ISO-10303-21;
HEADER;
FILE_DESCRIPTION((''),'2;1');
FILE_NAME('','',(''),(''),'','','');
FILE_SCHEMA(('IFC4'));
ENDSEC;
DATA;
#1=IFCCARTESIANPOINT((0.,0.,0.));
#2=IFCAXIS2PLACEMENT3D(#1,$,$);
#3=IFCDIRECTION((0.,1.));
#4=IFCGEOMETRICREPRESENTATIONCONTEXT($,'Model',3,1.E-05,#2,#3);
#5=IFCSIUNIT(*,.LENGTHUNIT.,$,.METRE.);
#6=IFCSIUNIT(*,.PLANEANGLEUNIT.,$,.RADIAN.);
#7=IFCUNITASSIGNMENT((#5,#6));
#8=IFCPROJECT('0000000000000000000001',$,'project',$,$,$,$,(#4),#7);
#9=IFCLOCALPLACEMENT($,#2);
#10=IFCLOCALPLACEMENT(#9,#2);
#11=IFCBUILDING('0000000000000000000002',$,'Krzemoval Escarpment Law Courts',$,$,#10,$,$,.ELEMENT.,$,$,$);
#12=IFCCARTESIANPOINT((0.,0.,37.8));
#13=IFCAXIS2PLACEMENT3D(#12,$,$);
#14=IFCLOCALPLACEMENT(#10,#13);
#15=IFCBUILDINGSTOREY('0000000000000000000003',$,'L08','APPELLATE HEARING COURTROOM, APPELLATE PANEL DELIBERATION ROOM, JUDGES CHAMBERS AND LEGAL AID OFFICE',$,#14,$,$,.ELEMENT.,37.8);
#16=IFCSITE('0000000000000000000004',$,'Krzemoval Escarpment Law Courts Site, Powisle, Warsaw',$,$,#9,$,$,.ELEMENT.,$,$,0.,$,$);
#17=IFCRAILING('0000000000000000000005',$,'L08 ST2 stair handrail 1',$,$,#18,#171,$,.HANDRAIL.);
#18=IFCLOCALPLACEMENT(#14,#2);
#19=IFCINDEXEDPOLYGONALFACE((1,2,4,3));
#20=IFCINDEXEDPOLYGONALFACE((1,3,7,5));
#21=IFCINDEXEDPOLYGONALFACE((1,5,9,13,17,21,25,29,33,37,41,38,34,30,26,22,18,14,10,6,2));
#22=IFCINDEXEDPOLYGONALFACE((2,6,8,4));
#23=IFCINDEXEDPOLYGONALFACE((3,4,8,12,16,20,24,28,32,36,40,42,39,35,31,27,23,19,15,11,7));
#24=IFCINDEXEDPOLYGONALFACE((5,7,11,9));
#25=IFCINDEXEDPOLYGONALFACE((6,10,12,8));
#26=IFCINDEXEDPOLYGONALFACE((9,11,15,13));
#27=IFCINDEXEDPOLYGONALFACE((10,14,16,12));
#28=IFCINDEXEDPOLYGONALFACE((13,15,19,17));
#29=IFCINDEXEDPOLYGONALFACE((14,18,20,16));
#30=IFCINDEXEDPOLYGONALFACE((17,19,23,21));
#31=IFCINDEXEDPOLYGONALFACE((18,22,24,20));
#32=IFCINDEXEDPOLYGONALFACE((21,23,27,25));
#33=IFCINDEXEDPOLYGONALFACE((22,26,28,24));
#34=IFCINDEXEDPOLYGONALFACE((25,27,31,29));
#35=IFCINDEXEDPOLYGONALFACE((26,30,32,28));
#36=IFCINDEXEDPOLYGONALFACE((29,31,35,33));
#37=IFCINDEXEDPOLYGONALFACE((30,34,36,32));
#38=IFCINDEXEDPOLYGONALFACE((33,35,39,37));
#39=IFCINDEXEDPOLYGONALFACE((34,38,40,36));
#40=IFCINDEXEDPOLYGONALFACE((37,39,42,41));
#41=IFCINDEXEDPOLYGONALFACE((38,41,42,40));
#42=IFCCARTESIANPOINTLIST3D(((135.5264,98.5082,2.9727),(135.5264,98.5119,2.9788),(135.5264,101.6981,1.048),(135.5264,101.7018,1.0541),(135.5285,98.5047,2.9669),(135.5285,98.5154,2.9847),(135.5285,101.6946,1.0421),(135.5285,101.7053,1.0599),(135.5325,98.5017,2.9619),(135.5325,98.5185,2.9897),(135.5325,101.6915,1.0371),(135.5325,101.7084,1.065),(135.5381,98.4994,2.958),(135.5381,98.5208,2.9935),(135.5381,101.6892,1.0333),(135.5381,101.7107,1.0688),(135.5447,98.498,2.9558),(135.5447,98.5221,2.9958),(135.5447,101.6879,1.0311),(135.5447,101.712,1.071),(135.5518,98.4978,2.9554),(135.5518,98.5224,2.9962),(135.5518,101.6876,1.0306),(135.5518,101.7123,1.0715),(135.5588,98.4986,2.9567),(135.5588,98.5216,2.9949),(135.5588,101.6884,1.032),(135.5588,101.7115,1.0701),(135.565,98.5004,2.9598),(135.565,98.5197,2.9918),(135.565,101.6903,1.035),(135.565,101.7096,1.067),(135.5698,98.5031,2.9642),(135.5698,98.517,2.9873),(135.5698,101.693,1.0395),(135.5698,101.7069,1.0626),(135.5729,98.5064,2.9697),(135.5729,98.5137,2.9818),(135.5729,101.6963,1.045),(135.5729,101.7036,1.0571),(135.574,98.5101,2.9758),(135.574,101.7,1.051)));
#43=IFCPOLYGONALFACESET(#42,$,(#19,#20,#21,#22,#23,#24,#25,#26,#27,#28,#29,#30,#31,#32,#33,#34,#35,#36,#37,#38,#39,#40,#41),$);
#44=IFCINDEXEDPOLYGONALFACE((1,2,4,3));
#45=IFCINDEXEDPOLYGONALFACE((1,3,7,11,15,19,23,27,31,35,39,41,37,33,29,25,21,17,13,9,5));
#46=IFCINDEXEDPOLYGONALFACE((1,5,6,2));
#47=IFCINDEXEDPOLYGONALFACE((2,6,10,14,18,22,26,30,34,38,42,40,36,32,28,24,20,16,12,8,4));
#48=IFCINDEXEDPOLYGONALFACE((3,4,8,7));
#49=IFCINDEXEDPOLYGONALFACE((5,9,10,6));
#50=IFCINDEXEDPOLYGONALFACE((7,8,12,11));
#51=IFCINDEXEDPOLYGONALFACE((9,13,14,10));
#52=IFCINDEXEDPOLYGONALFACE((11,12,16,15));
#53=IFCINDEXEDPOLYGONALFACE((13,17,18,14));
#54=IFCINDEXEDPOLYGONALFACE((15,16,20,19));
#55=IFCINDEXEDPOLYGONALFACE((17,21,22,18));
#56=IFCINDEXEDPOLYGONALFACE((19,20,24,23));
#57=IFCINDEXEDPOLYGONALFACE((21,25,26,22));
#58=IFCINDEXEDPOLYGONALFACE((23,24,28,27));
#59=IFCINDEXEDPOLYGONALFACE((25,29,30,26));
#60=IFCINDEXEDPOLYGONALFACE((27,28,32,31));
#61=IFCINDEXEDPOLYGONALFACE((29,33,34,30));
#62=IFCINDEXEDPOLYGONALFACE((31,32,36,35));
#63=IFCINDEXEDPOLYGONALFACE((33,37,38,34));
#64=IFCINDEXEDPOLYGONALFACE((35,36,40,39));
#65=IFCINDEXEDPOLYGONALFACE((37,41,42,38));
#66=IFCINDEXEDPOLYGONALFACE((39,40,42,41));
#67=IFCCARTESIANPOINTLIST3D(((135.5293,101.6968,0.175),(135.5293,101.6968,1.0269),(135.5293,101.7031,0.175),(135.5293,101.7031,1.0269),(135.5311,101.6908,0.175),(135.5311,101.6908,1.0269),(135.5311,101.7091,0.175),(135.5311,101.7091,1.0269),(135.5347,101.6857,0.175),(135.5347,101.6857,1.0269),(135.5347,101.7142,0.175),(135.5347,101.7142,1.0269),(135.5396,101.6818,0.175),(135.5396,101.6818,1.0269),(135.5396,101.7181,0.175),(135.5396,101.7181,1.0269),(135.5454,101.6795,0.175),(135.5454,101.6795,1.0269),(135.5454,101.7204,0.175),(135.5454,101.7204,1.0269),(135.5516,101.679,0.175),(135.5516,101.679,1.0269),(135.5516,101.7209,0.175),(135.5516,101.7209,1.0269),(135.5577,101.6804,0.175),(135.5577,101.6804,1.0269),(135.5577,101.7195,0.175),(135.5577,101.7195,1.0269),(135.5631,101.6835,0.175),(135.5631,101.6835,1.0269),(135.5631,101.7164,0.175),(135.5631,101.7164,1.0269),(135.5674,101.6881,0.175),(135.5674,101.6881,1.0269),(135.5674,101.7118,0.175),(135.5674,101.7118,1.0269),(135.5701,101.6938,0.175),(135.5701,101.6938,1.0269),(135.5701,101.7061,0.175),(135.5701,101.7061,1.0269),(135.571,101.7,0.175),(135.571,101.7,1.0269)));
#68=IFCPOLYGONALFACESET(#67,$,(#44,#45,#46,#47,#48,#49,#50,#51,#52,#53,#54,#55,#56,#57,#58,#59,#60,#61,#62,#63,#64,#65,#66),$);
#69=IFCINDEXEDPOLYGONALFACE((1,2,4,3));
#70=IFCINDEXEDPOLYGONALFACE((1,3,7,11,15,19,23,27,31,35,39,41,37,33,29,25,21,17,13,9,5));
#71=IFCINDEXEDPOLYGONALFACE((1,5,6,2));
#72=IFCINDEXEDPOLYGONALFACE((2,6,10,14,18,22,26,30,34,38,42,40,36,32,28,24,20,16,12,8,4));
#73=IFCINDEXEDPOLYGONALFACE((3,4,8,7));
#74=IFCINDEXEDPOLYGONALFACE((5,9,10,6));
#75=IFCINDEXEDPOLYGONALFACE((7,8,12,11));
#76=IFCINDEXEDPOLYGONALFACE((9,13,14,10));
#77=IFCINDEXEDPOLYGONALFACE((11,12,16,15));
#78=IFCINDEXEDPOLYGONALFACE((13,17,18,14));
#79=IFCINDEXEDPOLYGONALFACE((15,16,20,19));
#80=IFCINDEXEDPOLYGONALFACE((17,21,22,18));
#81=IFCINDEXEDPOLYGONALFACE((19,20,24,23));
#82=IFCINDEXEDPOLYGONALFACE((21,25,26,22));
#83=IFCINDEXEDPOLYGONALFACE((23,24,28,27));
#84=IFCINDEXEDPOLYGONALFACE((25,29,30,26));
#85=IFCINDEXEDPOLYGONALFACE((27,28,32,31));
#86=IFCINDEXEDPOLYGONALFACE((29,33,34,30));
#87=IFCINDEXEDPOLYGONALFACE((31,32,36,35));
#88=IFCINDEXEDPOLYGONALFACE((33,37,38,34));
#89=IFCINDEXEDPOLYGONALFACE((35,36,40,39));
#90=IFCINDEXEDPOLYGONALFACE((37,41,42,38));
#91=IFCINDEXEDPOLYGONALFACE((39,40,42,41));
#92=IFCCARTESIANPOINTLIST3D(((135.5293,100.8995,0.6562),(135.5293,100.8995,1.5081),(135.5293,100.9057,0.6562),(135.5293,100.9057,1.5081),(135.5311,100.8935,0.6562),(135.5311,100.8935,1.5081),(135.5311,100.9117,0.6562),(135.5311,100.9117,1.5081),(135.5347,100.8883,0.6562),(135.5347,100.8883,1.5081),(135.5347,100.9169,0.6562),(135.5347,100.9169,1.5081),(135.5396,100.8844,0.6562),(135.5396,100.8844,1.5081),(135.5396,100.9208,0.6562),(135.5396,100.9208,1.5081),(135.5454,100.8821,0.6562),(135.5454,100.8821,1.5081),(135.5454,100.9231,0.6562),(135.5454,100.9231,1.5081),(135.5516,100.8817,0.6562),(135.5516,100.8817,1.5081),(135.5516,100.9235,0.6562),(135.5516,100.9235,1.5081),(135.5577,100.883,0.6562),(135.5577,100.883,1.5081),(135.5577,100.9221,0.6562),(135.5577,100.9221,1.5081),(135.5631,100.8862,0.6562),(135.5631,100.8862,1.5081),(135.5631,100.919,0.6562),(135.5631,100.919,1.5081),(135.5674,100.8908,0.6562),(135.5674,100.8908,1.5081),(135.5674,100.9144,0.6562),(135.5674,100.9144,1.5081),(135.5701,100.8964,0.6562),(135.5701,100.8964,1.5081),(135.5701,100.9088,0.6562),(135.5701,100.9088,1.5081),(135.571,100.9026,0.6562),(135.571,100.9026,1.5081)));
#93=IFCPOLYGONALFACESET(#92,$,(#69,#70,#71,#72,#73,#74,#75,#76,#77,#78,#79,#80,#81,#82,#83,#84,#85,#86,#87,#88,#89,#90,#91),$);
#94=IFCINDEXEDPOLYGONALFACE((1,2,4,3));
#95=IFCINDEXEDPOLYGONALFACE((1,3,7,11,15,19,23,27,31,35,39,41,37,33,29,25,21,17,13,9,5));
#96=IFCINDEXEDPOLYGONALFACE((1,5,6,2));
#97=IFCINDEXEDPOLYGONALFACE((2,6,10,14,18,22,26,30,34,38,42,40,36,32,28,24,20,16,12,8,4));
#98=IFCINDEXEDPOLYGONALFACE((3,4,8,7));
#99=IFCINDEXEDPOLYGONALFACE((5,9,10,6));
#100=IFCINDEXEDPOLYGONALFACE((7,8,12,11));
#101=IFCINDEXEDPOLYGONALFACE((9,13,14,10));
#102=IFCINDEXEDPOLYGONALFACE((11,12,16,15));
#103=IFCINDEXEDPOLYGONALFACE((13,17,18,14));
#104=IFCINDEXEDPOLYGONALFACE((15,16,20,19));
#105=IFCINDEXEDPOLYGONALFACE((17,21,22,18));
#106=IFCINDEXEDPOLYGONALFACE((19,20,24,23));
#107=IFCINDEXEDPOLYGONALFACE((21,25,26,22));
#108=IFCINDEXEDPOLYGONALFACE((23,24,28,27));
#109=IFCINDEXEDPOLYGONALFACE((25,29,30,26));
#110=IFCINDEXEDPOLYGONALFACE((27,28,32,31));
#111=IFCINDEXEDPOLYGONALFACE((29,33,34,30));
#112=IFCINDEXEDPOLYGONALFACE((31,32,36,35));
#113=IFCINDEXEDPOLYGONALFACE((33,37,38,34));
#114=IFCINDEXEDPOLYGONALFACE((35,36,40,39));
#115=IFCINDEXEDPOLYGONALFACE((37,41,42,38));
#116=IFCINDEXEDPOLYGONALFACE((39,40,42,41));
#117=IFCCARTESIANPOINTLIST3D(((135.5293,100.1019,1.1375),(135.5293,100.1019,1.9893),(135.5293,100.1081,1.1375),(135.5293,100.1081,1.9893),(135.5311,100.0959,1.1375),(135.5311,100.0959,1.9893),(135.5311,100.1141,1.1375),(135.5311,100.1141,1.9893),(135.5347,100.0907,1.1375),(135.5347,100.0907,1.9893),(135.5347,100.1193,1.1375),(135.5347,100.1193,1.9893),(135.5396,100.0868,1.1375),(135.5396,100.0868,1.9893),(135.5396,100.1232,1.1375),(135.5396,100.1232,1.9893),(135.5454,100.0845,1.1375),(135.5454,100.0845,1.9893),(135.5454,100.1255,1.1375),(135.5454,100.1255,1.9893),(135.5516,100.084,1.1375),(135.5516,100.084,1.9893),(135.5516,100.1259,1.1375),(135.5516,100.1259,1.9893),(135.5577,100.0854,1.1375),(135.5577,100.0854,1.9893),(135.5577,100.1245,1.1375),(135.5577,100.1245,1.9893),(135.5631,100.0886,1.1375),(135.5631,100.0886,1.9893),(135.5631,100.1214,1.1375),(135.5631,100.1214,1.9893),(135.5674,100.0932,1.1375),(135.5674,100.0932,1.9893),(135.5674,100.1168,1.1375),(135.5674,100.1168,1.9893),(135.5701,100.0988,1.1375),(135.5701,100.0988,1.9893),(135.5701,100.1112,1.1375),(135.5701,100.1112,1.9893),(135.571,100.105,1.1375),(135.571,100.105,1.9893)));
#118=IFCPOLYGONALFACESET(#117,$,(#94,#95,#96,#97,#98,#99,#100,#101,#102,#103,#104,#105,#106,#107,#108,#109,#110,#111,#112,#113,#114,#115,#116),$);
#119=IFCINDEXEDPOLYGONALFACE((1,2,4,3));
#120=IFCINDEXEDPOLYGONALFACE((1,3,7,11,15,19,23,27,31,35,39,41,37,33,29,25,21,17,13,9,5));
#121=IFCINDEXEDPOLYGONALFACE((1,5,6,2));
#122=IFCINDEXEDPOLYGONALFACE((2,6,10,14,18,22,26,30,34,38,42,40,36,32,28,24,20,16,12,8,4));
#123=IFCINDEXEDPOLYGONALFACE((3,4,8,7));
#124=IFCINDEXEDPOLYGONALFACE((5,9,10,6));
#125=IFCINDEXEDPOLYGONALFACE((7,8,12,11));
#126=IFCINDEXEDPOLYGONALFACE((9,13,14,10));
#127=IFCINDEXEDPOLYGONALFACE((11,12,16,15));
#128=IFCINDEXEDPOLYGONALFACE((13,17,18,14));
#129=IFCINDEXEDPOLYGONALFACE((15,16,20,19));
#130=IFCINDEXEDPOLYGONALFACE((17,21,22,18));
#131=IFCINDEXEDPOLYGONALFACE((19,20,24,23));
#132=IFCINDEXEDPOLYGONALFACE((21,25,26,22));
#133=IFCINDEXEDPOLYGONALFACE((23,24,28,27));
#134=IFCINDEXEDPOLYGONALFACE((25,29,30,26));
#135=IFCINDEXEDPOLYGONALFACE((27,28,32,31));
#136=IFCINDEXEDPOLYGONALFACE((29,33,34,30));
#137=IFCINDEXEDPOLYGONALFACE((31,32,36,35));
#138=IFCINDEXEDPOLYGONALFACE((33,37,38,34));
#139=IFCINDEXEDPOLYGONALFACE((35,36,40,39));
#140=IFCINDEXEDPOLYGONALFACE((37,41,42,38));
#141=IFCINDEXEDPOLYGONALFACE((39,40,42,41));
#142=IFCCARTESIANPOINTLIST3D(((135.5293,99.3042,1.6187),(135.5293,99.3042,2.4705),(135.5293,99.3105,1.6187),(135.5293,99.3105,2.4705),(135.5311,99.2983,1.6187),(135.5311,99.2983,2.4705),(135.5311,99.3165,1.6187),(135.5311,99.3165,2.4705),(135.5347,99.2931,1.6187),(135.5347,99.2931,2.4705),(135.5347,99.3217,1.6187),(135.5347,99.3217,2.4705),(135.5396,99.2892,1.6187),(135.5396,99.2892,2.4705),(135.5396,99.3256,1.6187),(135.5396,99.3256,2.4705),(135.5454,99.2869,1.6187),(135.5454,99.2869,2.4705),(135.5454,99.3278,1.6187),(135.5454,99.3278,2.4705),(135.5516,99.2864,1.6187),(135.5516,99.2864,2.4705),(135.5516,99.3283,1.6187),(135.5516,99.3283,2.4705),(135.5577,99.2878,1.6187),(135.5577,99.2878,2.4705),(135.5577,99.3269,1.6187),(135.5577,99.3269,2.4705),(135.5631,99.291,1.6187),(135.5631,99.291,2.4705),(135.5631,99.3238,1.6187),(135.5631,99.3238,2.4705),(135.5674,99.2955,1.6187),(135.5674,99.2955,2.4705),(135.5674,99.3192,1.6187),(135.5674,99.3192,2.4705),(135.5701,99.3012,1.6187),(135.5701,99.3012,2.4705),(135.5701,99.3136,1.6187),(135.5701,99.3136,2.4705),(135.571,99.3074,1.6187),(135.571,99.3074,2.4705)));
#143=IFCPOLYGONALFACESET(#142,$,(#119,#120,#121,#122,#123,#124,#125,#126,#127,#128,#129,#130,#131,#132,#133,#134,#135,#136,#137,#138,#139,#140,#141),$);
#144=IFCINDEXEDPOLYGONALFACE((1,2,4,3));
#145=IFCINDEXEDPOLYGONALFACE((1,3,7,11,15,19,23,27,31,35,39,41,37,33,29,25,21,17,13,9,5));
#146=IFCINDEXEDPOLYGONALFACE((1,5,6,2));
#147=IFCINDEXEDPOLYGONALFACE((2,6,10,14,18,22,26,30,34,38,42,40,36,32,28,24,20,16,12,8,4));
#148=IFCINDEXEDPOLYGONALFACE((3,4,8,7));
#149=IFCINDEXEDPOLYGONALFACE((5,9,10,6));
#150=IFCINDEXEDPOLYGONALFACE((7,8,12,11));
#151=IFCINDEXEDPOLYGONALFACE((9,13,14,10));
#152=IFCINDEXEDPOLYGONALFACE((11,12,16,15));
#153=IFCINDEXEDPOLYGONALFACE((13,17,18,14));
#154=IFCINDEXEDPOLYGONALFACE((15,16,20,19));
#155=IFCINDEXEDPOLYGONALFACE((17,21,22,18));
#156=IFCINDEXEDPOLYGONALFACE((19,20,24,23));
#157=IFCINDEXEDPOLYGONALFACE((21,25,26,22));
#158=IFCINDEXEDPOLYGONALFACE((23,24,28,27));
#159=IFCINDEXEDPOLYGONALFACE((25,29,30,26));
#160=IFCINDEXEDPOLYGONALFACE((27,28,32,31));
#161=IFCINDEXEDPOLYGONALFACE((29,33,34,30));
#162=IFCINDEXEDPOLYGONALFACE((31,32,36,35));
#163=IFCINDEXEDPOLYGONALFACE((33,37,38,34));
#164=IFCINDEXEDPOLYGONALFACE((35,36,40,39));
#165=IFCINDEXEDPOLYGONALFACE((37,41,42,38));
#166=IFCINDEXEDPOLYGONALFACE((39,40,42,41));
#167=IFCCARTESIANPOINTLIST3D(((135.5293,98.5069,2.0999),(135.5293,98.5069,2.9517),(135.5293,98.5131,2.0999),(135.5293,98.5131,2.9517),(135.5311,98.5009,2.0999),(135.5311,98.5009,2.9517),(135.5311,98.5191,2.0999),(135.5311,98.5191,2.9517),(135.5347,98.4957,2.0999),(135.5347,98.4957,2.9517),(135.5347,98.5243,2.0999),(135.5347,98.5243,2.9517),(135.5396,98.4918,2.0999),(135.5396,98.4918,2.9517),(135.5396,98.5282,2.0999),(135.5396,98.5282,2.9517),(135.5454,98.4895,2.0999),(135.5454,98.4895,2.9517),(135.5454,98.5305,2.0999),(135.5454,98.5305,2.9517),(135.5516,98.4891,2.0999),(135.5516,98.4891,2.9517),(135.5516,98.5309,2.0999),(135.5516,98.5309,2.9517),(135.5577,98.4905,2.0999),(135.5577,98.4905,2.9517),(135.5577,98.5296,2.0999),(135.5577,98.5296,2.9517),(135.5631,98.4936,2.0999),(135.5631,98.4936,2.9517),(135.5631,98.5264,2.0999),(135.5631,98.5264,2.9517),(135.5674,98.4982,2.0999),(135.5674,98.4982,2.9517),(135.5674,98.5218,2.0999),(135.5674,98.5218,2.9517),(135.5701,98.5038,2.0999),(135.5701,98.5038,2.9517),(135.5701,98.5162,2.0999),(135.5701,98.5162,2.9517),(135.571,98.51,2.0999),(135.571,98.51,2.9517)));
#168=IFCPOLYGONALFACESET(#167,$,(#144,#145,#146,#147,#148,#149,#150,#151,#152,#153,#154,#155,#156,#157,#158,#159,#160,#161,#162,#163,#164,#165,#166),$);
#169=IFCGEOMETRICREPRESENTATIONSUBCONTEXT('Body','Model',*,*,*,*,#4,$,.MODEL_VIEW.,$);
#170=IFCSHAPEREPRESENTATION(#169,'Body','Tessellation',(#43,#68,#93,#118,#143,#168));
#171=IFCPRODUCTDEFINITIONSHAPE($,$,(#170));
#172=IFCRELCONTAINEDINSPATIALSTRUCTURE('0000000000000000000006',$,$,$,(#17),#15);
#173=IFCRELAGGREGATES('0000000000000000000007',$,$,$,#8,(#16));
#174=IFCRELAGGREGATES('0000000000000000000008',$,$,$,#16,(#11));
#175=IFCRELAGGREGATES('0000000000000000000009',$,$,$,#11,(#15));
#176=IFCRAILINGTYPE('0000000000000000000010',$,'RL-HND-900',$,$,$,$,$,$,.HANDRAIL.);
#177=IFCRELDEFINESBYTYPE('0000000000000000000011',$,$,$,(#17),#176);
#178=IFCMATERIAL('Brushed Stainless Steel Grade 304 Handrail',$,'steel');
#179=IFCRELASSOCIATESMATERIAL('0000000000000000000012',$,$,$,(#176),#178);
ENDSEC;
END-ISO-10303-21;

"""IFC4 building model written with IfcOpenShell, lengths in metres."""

from ifc_helpers import new_model, si_unit, direction, frame, origin, origin_2d, place, context, subcontext, project, spatial, circle, extrude, material, type_object, element, save


model = new_model("IFC4")

# Units and contexts
model_context = context("Model", 3, precision=1e-05, world=origin(), true_north=direction((0.0, 1.0)))
body_context = subcontext(model_context, "Body", "Model", "MODEL_VIEW")
ifc_project = project(units=[si_unit("LENGTHUNIT", "METRE"), si_unit("PLANEANGLEUNIT", "RADIAN")], contexts=[model_context])

# Site, building, storey
site_placement = place(None, origin())
site = spatial("IfcSite", under=ifc_project, at=site_placement, Name="Krzemoval Escarpment Law Courts Site, Powisle, Warsaw", CompositionType="ELEMENT", RefElevation=0.0)
building_placement = place(site_placement, origin())
building = spatial("IfcBuilding", under=site, at=building_placement, Name="Krzemoval Escarpment Law Courts", CompositionType="ELEMENT")
storey_placement = place(building_placement, frame((0.0, 0.0, 37.8)))
storey = spatial("IfcBuildingStorey", under=building, at=storey_placement, Name="L08", Description="APPELLATE HEARING COURTROOM, APPELLATE PANEL DELIBERATION ROOM, JUDGES CHAMBERS AND LEGAL AID OFFICE", CompositionType="ELEMENT", Elevation=37.8)

# Railing
ifc_material_1 = material(Name="Brushed Stainless Steel Grade 304 Handrail", Category="steel")
railing_type_1 = type_object("IfcRailingType", Name="RL-HND-900", PredefinedType="HANDRAIL", material=ifc_material_1)
railing_1_placement = place(storey_placement, frame((135.55, 101.7, 0.175)))
element("IfcRailing", 1, at=railing_1_placement, inside=storey, type_object=railing_type_1, Name="L08 ST2 stair handrail 1", PredefinedType="HANDRAIL", context=body_context, shape_type="SweptSolid", body=[
    extrude(circle(Radius=0.0239, at=origin_2d()), frame((0.0, 0.0, 0.876), z_axis=(0.0, -0.856207, 0.516633), x_axis=(1.0, 0.0, 0.0)), (0.0, 0.0, 1.0), 3.7256),
    extrude(circle(Radius=0.021, at=origin_2d()), origin(), (0.0, 0.0, 1.0), 0.8518),
    extrude(circle(Radius=0.021, at=origin_2d()), frame((0.0, -0.7974, 0.4812)), (0.0, 0.0, 1.0), 0.8518),
    extrude(circle(Radius=0.021, at=origin_2d()), frame((0.0, -1.595, 0.9624)), (0.0, 0.0, 1.0), 0.8518),
    extrude(circle(Radius=0.021, at=origin_2d()), frame((0.0, -2.3926, 1.4436)), (0.0, 0.0, 1.0), 0.8518),
    extrude(circle(Radius=0.021, at=origin_2d()), frame((0.0, -3.1899, 1.9248)), (0.0, 0.0, 1.0), 0.8518),
])

save(model, "model.ifc")
